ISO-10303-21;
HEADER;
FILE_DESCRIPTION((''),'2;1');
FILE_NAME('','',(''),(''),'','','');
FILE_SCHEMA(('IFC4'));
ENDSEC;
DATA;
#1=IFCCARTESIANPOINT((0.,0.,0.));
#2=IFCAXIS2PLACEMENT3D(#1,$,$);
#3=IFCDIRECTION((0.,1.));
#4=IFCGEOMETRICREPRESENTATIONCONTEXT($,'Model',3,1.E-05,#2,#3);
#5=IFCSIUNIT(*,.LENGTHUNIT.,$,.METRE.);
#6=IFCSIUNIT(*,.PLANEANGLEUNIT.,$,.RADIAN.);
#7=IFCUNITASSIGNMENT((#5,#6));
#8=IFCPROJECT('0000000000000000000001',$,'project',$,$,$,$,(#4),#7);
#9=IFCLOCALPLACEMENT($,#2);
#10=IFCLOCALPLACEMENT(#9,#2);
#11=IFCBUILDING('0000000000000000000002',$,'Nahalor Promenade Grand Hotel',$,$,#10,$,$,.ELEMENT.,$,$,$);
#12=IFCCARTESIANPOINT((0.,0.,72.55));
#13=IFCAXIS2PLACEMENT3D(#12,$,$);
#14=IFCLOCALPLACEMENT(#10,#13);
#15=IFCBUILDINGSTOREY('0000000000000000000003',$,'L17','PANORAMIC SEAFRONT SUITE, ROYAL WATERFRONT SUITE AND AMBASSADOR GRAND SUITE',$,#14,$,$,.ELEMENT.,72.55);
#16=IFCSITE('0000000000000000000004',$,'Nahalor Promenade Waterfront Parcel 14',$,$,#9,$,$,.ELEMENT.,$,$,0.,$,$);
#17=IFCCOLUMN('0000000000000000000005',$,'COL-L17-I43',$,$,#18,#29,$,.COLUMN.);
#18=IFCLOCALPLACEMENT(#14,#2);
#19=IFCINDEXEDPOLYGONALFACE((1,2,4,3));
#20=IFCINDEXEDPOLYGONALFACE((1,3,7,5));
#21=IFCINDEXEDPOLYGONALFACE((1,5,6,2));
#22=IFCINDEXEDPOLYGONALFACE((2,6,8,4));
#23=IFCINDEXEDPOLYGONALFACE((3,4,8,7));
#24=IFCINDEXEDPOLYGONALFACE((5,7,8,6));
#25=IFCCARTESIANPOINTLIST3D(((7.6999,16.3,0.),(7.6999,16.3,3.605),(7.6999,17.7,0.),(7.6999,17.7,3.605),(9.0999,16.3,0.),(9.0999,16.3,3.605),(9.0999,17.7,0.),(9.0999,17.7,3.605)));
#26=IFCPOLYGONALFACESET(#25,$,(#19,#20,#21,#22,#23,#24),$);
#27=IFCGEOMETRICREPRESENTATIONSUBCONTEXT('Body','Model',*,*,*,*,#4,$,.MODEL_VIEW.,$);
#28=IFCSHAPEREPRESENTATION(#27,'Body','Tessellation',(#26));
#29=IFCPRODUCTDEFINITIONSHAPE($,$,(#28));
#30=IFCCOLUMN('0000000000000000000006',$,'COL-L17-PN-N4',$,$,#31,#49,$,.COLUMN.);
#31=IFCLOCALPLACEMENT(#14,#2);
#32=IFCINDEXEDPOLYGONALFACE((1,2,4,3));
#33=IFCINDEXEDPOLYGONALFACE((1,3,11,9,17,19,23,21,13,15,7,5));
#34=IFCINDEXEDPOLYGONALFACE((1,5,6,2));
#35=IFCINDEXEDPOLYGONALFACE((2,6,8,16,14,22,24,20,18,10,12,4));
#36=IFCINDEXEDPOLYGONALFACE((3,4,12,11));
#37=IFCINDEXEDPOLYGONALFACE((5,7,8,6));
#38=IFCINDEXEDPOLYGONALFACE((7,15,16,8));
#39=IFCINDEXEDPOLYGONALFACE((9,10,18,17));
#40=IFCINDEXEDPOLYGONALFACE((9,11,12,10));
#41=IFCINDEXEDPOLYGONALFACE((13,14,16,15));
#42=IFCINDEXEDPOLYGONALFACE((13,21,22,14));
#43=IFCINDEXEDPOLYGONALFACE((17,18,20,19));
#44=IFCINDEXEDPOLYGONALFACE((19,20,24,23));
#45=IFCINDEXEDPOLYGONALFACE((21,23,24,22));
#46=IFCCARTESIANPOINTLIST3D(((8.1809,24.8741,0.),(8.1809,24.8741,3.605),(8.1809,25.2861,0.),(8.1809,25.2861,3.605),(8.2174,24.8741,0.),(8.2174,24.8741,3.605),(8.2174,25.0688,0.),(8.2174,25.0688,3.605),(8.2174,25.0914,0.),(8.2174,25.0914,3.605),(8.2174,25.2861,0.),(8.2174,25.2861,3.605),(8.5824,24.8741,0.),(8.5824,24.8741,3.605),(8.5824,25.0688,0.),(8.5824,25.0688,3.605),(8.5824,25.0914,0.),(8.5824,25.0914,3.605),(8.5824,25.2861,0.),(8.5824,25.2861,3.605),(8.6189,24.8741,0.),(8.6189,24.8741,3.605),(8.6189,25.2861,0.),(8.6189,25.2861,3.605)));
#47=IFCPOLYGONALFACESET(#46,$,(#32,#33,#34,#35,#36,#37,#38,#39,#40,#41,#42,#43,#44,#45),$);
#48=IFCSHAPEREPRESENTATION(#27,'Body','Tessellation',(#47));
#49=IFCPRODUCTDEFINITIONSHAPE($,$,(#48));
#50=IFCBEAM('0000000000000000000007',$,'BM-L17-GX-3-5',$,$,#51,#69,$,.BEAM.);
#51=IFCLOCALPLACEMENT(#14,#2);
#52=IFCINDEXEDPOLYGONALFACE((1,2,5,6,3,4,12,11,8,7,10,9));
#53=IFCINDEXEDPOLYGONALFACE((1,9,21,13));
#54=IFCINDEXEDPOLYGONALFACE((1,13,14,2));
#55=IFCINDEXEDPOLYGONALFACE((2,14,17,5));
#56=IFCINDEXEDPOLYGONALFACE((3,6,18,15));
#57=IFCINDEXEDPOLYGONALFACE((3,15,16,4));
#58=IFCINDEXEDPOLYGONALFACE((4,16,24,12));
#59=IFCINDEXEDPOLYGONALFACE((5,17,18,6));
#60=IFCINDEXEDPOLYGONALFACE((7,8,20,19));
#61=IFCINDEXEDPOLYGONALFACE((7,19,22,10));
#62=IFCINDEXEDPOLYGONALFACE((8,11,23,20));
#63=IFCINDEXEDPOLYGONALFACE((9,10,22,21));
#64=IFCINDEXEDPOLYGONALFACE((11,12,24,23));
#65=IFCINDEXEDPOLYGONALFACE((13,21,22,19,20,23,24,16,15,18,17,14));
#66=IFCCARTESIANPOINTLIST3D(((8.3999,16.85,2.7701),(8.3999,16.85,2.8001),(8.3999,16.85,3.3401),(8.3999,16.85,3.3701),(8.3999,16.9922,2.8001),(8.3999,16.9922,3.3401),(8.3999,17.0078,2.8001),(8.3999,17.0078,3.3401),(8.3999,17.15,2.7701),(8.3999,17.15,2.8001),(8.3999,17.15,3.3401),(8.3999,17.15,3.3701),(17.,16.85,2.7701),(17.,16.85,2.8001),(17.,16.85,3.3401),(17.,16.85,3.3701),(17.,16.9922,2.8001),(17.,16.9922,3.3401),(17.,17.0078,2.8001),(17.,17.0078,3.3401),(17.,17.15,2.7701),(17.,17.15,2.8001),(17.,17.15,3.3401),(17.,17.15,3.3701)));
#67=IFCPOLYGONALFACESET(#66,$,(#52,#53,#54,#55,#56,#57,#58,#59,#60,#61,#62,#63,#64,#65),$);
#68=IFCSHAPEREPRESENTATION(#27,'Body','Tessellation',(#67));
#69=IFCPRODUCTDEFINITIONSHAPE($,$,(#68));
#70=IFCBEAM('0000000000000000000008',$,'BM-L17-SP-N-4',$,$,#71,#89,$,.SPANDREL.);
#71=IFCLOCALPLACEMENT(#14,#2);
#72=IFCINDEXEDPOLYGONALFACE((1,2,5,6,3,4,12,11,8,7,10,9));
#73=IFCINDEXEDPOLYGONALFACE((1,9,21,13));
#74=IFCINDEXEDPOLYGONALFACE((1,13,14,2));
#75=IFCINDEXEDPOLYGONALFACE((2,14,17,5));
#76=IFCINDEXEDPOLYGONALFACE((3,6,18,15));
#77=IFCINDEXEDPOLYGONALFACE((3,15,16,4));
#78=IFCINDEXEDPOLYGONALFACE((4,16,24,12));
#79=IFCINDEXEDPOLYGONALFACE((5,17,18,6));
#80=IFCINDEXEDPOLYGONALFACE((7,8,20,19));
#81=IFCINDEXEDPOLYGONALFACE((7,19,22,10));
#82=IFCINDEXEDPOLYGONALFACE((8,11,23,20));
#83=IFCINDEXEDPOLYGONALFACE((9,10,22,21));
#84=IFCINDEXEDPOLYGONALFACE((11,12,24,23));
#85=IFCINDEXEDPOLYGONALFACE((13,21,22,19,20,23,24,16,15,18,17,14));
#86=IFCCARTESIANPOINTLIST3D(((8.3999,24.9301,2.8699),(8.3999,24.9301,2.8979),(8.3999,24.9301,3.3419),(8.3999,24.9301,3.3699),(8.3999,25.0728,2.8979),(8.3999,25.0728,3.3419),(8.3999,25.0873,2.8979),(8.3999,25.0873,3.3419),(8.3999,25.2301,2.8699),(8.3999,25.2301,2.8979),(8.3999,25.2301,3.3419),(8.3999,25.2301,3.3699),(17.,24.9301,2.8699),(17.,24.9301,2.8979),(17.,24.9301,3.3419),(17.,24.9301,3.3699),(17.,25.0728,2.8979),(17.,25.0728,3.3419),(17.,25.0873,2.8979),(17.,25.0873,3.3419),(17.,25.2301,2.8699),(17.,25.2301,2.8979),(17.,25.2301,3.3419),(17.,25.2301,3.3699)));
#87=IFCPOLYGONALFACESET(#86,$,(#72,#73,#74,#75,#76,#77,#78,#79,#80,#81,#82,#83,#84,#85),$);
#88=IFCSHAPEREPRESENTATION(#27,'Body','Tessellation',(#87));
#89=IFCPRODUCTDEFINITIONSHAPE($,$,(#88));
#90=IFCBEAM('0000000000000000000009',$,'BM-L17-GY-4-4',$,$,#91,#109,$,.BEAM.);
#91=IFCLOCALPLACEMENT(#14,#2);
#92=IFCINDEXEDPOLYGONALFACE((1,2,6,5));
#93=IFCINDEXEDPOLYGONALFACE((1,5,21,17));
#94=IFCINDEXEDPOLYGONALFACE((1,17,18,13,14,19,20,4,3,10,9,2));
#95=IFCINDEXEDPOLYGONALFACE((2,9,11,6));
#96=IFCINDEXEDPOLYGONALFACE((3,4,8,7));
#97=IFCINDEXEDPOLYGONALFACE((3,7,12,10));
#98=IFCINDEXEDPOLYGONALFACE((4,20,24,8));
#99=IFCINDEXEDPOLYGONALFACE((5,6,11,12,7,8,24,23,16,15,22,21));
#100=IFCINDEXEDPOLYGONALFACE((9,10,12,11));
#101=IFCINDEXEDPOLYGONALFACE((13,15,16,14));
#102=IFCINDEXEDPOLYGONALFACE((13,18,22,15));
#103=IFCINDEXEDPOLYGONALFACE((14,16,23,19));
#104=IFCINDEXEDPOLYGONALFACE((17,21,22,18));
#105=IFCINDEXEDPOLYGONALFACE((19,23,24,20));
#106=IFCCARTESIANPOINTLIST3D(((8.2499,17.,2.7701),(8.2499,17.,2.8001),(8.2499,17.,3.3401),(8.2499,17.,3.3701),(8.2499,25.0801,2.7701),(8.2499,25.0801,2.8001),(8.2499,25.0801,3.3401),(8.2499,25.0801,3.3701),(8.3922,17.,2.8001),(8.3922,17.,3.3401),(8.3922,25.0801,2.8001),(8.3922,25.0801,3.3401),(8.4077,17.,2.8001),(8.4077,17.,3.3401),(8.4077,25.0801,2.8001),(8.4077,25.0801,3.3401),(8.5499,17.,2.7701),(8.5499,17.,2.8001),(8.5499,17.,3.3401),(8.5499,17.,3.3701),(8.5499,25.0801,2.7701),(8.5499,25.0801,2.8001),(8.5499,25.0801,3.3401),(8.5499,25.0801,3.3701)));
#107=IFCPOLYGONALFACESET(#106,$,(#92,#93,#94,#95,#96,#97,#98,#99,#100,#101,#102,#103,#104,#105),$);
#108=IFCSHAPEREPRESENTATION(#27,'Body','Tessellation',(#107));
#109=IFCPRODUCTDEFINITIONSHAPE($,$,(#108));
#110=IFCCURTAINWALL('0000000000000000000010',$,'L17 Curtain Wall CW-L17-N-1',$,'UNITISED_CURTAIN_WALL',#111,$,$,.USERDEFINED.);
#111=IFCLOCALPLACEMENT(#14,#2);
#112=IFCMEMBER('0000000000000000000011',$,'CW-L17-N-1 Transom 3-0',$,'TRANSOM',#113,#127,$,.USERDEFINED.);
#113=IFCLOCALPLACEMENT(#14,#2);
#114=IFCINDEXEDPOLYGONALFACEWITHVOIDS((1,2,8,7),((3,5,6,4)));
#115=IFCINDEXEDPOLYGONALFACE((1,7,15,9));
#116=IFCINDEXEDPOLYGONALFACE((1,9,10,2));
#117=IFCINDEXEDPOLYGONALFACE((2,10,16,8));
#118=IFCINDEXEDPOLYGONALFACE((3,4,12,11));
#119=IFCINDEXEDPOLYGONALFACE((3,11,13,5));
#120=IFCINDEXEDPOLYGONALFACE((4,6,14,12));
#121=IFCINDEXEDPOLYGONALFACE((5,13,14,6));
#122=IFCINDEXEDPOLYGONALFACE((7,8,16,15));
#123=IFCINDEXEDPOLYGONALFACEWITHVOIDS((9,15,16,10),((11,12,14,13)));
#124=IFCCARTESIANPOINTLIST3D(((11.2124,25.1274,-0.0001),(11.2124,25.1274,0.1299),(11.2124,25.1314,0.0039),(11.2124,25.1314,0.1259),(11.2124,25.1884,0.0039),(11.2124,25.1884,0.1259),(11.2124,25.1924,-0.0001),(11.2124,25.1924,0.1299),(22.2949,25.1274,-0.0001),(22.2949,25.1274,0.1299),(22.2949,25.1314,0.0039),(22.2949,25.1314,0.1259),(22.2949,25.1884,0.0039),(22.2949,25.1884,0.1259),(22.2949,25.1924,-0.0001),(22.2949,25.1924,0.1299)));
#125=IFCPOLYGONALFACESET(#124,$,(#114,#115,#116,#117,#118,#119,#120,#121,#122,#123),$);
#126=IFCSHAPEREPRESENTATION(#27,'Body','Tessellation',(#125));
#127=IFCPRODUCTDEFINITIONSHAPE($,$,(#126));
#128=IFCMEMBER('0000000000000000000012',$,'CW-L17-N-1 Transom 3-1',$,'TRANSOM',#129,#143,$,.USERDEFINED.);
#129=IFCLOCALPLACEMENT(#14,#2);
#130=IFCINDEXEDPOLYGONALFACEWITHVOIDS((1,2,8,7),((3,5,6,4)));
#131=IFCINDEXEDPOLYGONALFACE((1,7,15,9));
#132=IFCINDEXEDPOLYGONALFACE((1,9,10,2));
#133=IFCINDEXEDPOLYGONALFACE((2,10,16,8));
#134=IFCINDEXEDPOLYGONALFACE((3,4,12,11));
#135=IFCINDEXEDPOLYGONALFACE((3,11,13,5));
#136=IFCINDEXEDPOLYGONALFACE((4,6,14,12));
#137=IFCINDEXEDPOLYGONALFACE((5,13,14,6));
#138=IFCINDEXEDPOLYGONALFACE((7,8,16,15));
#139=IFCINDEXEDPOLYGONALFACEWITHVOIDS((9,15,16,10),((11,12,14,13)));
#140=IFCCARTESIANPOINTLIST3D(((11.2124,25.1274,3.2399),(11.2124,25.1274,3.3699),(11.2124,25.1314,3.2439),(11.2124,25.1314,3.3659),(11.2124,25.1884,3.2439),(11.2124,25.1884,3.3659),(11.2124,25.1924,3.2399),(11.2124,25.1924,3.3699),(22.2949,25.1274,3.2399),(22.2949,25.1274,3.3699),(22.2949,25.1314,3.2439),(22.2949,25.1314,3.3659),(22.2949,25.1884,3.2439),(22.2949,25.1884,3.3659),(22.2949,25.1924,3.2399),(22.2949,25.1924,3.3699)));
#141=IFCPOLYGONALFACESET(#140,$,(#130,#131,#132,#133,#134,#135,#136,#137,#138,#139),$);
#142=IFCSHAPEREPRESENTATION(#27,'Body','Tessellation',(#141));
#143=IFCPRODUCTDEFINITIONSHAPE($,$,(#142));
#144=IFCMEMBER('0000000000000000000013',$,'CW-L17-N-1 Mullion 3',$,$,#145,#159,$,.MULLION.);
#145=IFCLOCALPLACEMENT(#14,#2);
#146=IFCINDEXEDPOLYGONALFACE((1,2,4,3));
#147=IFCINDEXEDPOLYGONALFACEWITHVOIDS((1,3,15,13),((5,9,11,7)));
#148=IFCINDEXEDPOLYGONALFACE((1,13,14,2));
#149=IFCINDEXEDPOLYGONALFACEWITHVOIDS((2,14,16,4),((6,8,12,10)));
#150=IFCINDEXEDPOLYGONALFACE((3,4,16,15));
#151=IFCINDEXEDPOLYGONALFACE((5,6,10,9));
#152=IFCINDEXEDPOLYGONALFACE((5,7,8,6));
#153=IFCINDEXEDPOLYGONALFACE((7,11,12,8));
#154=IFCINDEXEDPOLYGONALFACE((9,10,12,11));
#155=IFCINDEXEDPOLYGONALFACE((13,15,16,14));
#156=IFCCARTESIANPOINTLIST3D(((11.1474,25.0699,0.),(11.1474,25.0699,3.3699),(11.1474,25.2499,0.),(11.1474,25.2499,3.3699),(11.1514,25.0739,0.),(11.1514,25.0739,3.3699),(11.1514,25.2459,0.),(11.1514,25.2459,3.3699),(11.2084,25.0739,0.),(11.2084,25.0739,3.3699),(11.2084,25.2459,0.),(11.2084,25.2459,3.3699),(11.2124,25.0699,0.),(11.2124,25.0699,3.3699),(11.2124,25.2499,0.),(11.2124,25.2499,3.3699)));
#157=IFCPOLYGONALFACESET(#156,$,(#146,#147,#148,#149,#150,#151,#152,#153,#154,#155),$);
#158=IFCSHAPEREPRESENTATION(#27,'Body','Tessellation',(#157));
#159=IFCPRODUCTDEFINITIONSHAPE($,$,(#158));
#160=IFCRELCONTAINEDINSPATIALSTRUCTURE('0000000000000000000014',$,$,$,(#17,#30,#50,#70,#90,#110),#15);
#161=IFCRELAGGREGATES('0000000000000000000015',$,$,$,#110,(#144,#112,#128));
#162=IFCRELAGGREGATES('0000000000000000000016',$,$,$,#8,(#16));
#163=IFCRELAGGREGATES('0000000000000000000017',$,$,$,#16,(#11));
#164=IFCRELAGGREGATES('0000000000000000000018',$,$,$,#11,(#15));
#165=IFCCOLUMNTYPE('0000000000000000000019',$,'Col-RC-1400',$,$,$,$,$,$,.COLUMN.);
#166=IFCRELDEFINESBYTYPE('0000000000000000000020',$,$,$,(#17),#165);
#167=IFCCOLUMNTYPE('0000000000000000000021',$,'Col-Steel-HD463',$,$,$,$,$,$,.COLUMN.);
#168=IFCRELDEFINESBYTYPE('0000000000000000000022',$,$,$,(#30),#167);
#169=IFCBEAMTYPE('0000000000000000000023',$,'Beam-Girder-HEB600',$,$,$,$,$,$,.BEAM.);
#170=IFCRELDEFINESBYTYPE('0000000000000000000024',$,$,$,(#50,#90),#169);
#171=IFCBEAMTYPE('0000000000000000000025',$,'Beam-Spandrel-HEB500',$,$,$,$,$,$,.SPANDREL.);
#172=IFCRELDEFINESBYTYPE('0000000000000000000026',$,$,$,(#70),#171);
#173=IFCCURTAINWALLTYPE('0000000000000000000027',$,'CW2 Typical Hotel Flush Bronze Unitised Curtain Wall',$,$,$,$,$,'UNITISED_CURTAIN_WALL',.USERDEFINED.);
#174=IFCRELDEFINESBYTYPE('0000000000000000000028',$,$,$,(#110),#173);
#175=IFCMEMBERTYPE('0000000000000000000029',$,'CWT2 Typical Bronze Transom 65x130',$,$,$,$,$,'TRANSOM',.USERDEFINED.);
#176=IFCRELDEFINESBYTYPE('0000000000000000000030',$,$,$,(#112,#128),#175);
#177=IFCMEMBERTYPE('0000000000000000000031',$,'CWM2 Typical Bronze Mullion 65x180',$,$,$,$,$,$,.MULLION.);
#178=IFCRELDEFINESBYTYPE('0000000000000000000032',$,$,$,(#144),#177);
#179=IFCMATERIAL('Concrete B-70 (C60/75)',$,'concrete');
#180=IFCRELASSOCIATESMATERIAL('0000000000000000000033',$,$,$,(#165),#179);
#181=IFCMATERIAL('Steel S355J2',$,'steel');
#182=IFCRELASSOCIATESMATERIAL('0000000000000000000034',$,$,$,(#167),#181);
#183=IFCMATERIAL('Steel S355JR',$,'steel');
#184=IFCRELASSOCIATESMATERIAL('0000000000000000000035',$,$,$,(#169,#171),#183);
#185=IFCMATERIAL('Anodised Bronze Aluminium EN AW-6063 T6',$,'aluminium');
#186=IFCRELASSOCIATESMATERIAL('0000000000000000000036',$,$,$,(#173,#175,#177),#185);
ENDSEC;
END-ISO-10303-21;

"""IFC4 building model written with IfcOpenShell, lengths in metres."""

from ifc_helpers import new_model, si_unit, direction, frame, origin, origin_2d, place, context, subcontext, project, spatial, rectangle, hollow_rectangle, i_section, extrude, source, transform, mapped, material, material_profile, profile_set, type_object, element, aggregate, save


model = new_model("IFC4")

# Units and contexts
model_context = context("Model", 3, precision=1e-05, world=origin(), true_north=direction((0.0, 1.0)))
body_context = subcontext(model_context, "Body", "Model", "MODEL_VIEW")
ifc_project = project(units=[si_unit("LENGTHUNIT", "METRE"), si_unit("PLANEANGLEUNIT", "RADIAN")], contexts=[model_context])

# Site, building, storey
site_placement = place(None, origin())
site = spatial("IfcSite", under=ifc_project, at=site_placement, Name="Nahalor Promenade Waterfront Parcel 14", CompositionType="ELEMENT", RefElevation=0.0)
building_placement = place(site_placement, origin())
building = spatial("IfcBuilding", under=site, at=building_placement, Name="Nahalor Promenade Grand Hotel", CompositionType="ELEMENT")
storey_placement = place(building_placement, frame((0.0, 0.0, 72.55)))
storey = spatial("IfcBuildingStorey", under=building, at=storey_placement, Name="L17", Description="PANORAMIC SEAFRONT SUITE, ROYAL WATERFRONT SUITE AND AMBASSADOR GRAND SUITE", CompositionType="ELEMENT", Elevation=72.55)

# Columns
ifc_material_1 = material(Name="Concrete B-70 (C60/75)", Category="concrete")
ifc_material_profile_1 = material_profile(ifc_material_1, rectangle(XDim=1.4, YDim=1.4, at=origin_2d()), Name="RC 1400x1400")
ifc_profile_set_1 = profile_set([ifc_material_profile_1], Name="Concrete B-70 (C60/75)")
column_type_1 = type_object("IfcColumnType", Name="Col-RC-1400", PredefinedType="COLUMN", material=ifc_profile_set_1)
shared_shape_1 = source(origin(), body_context, "Body", "SweptSolid", [
    extrude(rectangle(XDim=1.4, YDim=1.4, at=origin_2d()), origin(), (0.0, 0.0, 1.0), 3.605),
])
column_1_placement = place(storey_placement, frame((8.3999, 17.0, 0.0), z_axis=(0.0, 0.0, 1.0), x_axis=(1.0, 0.0, 0.0)))
element("IfcColumn", 1, at=column_1_placement, inside=storey, type_object=column_type_1, Name="COL-L17-I43", PredefinedType="COLUMN", context=body_context, shape_type="MappedRepresentation", body=[
    mapped(shared_shape_1, transform((0.0, 0.0, 0.0), scale=1.0)),
])
ifc_material_2 = material(Name="Steel S355J2", Category="steel")
ifc_material_profile_2 = material_profile(ifc_material_2, i_section(OverallWidth=0.412, OverallDepth=0.438, WebThickness=0.0226, FlangeThickness=0.0365, at=origin_2d()), Name="HD 400x463")
ifc_profile_set_2 = profile_set([ifc_material_profile_2], Name="Steel S355J2")
column_type_2 = type_object("IfcColumnType", Name="Col-Steel-HD463", PredefinedType="COLUMN", material=ifc_profile_set_2)
shared_shape_2 = source(origin(), body_context, "Body", "SweptSolid", [
    extrude(i_section(OverallWidth=0.412, OverallDepth=0.438, WebThickness=0.0226, FlangeThickness=0.0365, at=origin_2d()), origin(), (0.0, 0.0, 1.0), 3.605),
])
column_2_placement = place(storey_placement, frame((8.3999, 25.0801, 0.0), z_axis=(0.0, 0.0, 1.0), x_axis=(0.0, 1.0, 0.0)))
element("IfcColumn", 2, at=column_2_placement, inside=storey, type_object=column_type_2, Name="COL-L17-PN-N4", PredefinedType="COLUMN", context=body_context, shape_type="MappedRepresentation", body=[
    mapped(shared_shape_2, transform((0.0, 0.0, 0.0), scale=1.0)),
])

# Beams
ifc_material_3 = material(Name="Steel S355JR", Category="steel")
ifc_material_profile_3 = material_profile(ifc_material_3, i_section(OverallWidth=0.3, OverallDepth=0.6, WebThickness=0.0155, FlangeThickness=0.03, at=origin_2d()), Name="HEB 600")
ifc_profile_set_3 = profile_set([ifc_material_profile_3], Name="Steel S355JR")
beam_type_1 = type_object("IfcBeamType", Name="Beam-Girder-HEB600", PredefinedType="BEAM", material=ifc_profile_set_3)
shared_shape_3 = source(origin(), body_context, "Body", "SweptSolid", [
    extrude(i_section(OverallWidth=0.3, OverallDepth=0.6, WebThickness=0.0155, FlangeThickness=0.03, at=origin_2d()), origin(), (0.0, 0.0, 1.0), 8.6001),
])
beam_1_placement = place(storey_placement, frame((8.3999, 17.0, 3.0701), z_axis=(1.0, 0.0, 0.0), x_axis=(0.0, 1.0, 0.0)))
element("IfcBeam", 3, at=beam_1_placement, inside=storey, type_object=beam_type_1, Name="BM-L17-GX-3-5", PredefinedType="BEAM", context=body_context, shape_type="MappedRepresentation", body=[
    mapped(shared_shape_3, transform((0.0, 0.0, 0.0), scale=1.0)),
])
ifc_material_profile_4 = material_profile(ifc_material_3, i_section(OverallWidth=0.3, OverallDepth=0.5, WebThickness=0.0145, FlangeThickness=0.028, at=origin_2d()), Name="HEB 500")
ifc_profile_set_4 = profile_set([ifc_material_profile_4], Name="Steel S355JR")
beam_type_2 = type_object("IfcBeamType", Name="Beam-Spandrel-HEB500", PredefinedType="SPANDREL", material=ifc_profile_set_4)
shared_shape_4 = source(origin(), body_context, "Body", "SweptSolid", [
    extrude(i_section(OverallWidth=0.3, OverallDepth=0.5, WebThickness=0.0145, FlangeThickness=0.028, at=origin_2d()), origin(), (0.0, 0.0, 1.0), 8.6001),
])
beam_2_placement = place(storey_placement, frame((8.3999, 25.0801, 3.1199), z_axis=(1.0, 0.0, 0.0), x_axis=(0.0, 1.0, 0.0)))
element("IfcBeam", 4, at=beam_2_placement, inside=storey, type_object=beam_type_2, Name="BM-L17-SP-N-4", PredefinedType="SPANDREL", context=body_context, shape_type="MappedRepresentation", body=[
    mapped(shared_shape_4, transform((0.0, 0.0, 0.0), scale=1.0)),
])
shared_shape_5 = source(origin(), body_context, "Body", "SweptSolid", [
    extrude(i_section(OverallWidth=0.3, OverallDepth=0.6, WebThickness=0.0155, FlangeThickness=0.03, at=origin_2d()), origin(), (0.0, 0.0, 1.0), 8.0801),
])
beam_3_placement = place(storey_placement, frame((8.3999, 17.0, 3.0701), z_axis=(0.0, 1.0, 0.0), x_axis=(-1.0, 0.0, 0.0)))
element("IfcBeam", 5, at=beam_3_placement, inside=storey, type_object=beam_type_1, Name="BM-L17-GY-4-4", PredefinedType="BEAM", context=body_context, shape_type="MappedRepresentation", body=[
    mapped(shared_shape_5, transform((0.0, 0.0, 0.0), scale=1.0)),
])

# Curtain wall, members
ifc_material_4 = material(Name="Anodised Bronze Aluminium EN AW-6063 T6", Category="aluminium")
curtain_wall_type = type_object("IfcCurtainWallType", Name="CW2 Typical Hotel Flush Bronze Unitised Curtain Wall", ElementType="UNITISED_CURTAIN_WALL", PredefinedType="USERDEFINED", material=ifc_material_4)
curtain_wall_placement = place(storey_placement, origin())
curtain_wall = element("IfcCurtainWall", 6, at=curtain_wall_placement, inside=storey, type_object=curtain_wall_type, Name="L17 Curtain Wall CW-L17-N-1", ObjectType="UNITISED_CURTAIN_WALL", PredefinedType="USERDEFINED")
ifc_material_profile_5 = material_profile(ifc_material_4, hollow_rectangle(XDim=0.065, YDim=0.13, WallThickness=0.004, at=origin_2d()), Name="CWT 65x130x4")
ifc_profile_set_5 = profile_set([ifc_material_profile_5], Name="Anodised Bronze Aluminium EN AW-6063 T6")
member_type_1 = type_object("IfcMemberType", Name="CWT2 Typical Bronze Transom 65x130", ElementType="TRANSOM", PredefinedType="USERDEFINED", material=ifc_profile_set_5)
shared_shape_6 = source(origin(), body_context, "Body", "SweptSolid", [
    extrude(hollow_rectangle(XDim=0.065, YDim=0.13, WallThickness=0.004, at=origin_2d()), origin(), (0.0, 0.0, 1.0), 11.0825),
])
member_1_placement = place(storey_placement, frame((11.2124, 25.1599, 0.0649), z_axis=(1.0, 0.0, 0.0), x_axis=(0.0, 1.0, 0.0)))
member_1 = element("IfcMember", 7, at=member_1_placement, type_object=member_type_1, Name="CW-L17-N-1 Transom 3-0", ObjectType="TRANSOM", PredefinedType="USERDEFINED", context=body_context, shape_type="MappedRepresentation", body=[
    mapped(shared_shape_6, transform((0.0, 0.0, 0.0), scale=1.0)),
])
member_2_placement = place(storey_placement, frame((11.2124, 25.1599, 3.3049), z_axis=(1.0, 0.0, 0.0), x_axis=(0.0, 1.0, 0.0)))
member_2 = element("IfcMember", 8, at=member_2_placement, type_object=member_type_1, Name="CW-L17-N-1 Transom 3-1", ObjectType="TRANSOM", PredefinedType="USERDEFINED", context=body_context, shape_type="MappedRepresentation", body=[
    mapped(shared_shape_6, transform((0.0, 0.0, 0.0), scale=1.0)),
])
ifc_material_profile_6 = material_profile(ifc_material_4, hollow_rectangle(XDim=0.065, YDim=0.18, WallThickness=0.004, at=origin_2d()), Name="CWM 65x180x4")
ifc_profile_set_6 = profile_set([ifc_material_profile_6], Name="Anodised Bronze Aluminium EN AW-6063 T6")
member_type_2 = type_object("IfcMemberType", Name="CWM2 Typical Bronze Mullion 65x180", PredefinedType="MULLION", material=ifc_profile_set_6)
shared_shape_7 = source(origin(), body_context, "Body", "SweptSolid", [
    extrude(hollow_rectangle(XDim=0.065, YDim=0.18, WallThickness=0.004, at=origin_2d()), origin(), (0.0, 0.0, 1.0), 3.3699),
])
member_3_placement = place(storey_placement, frame((11.1799, 25.1599, 0.0), z_axis=(0.0, 0.0, 1.0), x_axis=(1.0, 0.0, 0.0)))
member_3 = element("IfcMember", 9, at=member_3_placement, type_object=member_type_2, Name="CW-L17-N-1 Mullion 3", PredefinedType="MULLION", context=body_context, shape_type="MappedRepresentation", body=[
    mapped(shared_shape_7, transform((0.0, 0.0, 0.0), scale=1.0)),
])
aggregate(curtain_wall, [member_3, member_1, member_2])

save(model, "model.ifc")
